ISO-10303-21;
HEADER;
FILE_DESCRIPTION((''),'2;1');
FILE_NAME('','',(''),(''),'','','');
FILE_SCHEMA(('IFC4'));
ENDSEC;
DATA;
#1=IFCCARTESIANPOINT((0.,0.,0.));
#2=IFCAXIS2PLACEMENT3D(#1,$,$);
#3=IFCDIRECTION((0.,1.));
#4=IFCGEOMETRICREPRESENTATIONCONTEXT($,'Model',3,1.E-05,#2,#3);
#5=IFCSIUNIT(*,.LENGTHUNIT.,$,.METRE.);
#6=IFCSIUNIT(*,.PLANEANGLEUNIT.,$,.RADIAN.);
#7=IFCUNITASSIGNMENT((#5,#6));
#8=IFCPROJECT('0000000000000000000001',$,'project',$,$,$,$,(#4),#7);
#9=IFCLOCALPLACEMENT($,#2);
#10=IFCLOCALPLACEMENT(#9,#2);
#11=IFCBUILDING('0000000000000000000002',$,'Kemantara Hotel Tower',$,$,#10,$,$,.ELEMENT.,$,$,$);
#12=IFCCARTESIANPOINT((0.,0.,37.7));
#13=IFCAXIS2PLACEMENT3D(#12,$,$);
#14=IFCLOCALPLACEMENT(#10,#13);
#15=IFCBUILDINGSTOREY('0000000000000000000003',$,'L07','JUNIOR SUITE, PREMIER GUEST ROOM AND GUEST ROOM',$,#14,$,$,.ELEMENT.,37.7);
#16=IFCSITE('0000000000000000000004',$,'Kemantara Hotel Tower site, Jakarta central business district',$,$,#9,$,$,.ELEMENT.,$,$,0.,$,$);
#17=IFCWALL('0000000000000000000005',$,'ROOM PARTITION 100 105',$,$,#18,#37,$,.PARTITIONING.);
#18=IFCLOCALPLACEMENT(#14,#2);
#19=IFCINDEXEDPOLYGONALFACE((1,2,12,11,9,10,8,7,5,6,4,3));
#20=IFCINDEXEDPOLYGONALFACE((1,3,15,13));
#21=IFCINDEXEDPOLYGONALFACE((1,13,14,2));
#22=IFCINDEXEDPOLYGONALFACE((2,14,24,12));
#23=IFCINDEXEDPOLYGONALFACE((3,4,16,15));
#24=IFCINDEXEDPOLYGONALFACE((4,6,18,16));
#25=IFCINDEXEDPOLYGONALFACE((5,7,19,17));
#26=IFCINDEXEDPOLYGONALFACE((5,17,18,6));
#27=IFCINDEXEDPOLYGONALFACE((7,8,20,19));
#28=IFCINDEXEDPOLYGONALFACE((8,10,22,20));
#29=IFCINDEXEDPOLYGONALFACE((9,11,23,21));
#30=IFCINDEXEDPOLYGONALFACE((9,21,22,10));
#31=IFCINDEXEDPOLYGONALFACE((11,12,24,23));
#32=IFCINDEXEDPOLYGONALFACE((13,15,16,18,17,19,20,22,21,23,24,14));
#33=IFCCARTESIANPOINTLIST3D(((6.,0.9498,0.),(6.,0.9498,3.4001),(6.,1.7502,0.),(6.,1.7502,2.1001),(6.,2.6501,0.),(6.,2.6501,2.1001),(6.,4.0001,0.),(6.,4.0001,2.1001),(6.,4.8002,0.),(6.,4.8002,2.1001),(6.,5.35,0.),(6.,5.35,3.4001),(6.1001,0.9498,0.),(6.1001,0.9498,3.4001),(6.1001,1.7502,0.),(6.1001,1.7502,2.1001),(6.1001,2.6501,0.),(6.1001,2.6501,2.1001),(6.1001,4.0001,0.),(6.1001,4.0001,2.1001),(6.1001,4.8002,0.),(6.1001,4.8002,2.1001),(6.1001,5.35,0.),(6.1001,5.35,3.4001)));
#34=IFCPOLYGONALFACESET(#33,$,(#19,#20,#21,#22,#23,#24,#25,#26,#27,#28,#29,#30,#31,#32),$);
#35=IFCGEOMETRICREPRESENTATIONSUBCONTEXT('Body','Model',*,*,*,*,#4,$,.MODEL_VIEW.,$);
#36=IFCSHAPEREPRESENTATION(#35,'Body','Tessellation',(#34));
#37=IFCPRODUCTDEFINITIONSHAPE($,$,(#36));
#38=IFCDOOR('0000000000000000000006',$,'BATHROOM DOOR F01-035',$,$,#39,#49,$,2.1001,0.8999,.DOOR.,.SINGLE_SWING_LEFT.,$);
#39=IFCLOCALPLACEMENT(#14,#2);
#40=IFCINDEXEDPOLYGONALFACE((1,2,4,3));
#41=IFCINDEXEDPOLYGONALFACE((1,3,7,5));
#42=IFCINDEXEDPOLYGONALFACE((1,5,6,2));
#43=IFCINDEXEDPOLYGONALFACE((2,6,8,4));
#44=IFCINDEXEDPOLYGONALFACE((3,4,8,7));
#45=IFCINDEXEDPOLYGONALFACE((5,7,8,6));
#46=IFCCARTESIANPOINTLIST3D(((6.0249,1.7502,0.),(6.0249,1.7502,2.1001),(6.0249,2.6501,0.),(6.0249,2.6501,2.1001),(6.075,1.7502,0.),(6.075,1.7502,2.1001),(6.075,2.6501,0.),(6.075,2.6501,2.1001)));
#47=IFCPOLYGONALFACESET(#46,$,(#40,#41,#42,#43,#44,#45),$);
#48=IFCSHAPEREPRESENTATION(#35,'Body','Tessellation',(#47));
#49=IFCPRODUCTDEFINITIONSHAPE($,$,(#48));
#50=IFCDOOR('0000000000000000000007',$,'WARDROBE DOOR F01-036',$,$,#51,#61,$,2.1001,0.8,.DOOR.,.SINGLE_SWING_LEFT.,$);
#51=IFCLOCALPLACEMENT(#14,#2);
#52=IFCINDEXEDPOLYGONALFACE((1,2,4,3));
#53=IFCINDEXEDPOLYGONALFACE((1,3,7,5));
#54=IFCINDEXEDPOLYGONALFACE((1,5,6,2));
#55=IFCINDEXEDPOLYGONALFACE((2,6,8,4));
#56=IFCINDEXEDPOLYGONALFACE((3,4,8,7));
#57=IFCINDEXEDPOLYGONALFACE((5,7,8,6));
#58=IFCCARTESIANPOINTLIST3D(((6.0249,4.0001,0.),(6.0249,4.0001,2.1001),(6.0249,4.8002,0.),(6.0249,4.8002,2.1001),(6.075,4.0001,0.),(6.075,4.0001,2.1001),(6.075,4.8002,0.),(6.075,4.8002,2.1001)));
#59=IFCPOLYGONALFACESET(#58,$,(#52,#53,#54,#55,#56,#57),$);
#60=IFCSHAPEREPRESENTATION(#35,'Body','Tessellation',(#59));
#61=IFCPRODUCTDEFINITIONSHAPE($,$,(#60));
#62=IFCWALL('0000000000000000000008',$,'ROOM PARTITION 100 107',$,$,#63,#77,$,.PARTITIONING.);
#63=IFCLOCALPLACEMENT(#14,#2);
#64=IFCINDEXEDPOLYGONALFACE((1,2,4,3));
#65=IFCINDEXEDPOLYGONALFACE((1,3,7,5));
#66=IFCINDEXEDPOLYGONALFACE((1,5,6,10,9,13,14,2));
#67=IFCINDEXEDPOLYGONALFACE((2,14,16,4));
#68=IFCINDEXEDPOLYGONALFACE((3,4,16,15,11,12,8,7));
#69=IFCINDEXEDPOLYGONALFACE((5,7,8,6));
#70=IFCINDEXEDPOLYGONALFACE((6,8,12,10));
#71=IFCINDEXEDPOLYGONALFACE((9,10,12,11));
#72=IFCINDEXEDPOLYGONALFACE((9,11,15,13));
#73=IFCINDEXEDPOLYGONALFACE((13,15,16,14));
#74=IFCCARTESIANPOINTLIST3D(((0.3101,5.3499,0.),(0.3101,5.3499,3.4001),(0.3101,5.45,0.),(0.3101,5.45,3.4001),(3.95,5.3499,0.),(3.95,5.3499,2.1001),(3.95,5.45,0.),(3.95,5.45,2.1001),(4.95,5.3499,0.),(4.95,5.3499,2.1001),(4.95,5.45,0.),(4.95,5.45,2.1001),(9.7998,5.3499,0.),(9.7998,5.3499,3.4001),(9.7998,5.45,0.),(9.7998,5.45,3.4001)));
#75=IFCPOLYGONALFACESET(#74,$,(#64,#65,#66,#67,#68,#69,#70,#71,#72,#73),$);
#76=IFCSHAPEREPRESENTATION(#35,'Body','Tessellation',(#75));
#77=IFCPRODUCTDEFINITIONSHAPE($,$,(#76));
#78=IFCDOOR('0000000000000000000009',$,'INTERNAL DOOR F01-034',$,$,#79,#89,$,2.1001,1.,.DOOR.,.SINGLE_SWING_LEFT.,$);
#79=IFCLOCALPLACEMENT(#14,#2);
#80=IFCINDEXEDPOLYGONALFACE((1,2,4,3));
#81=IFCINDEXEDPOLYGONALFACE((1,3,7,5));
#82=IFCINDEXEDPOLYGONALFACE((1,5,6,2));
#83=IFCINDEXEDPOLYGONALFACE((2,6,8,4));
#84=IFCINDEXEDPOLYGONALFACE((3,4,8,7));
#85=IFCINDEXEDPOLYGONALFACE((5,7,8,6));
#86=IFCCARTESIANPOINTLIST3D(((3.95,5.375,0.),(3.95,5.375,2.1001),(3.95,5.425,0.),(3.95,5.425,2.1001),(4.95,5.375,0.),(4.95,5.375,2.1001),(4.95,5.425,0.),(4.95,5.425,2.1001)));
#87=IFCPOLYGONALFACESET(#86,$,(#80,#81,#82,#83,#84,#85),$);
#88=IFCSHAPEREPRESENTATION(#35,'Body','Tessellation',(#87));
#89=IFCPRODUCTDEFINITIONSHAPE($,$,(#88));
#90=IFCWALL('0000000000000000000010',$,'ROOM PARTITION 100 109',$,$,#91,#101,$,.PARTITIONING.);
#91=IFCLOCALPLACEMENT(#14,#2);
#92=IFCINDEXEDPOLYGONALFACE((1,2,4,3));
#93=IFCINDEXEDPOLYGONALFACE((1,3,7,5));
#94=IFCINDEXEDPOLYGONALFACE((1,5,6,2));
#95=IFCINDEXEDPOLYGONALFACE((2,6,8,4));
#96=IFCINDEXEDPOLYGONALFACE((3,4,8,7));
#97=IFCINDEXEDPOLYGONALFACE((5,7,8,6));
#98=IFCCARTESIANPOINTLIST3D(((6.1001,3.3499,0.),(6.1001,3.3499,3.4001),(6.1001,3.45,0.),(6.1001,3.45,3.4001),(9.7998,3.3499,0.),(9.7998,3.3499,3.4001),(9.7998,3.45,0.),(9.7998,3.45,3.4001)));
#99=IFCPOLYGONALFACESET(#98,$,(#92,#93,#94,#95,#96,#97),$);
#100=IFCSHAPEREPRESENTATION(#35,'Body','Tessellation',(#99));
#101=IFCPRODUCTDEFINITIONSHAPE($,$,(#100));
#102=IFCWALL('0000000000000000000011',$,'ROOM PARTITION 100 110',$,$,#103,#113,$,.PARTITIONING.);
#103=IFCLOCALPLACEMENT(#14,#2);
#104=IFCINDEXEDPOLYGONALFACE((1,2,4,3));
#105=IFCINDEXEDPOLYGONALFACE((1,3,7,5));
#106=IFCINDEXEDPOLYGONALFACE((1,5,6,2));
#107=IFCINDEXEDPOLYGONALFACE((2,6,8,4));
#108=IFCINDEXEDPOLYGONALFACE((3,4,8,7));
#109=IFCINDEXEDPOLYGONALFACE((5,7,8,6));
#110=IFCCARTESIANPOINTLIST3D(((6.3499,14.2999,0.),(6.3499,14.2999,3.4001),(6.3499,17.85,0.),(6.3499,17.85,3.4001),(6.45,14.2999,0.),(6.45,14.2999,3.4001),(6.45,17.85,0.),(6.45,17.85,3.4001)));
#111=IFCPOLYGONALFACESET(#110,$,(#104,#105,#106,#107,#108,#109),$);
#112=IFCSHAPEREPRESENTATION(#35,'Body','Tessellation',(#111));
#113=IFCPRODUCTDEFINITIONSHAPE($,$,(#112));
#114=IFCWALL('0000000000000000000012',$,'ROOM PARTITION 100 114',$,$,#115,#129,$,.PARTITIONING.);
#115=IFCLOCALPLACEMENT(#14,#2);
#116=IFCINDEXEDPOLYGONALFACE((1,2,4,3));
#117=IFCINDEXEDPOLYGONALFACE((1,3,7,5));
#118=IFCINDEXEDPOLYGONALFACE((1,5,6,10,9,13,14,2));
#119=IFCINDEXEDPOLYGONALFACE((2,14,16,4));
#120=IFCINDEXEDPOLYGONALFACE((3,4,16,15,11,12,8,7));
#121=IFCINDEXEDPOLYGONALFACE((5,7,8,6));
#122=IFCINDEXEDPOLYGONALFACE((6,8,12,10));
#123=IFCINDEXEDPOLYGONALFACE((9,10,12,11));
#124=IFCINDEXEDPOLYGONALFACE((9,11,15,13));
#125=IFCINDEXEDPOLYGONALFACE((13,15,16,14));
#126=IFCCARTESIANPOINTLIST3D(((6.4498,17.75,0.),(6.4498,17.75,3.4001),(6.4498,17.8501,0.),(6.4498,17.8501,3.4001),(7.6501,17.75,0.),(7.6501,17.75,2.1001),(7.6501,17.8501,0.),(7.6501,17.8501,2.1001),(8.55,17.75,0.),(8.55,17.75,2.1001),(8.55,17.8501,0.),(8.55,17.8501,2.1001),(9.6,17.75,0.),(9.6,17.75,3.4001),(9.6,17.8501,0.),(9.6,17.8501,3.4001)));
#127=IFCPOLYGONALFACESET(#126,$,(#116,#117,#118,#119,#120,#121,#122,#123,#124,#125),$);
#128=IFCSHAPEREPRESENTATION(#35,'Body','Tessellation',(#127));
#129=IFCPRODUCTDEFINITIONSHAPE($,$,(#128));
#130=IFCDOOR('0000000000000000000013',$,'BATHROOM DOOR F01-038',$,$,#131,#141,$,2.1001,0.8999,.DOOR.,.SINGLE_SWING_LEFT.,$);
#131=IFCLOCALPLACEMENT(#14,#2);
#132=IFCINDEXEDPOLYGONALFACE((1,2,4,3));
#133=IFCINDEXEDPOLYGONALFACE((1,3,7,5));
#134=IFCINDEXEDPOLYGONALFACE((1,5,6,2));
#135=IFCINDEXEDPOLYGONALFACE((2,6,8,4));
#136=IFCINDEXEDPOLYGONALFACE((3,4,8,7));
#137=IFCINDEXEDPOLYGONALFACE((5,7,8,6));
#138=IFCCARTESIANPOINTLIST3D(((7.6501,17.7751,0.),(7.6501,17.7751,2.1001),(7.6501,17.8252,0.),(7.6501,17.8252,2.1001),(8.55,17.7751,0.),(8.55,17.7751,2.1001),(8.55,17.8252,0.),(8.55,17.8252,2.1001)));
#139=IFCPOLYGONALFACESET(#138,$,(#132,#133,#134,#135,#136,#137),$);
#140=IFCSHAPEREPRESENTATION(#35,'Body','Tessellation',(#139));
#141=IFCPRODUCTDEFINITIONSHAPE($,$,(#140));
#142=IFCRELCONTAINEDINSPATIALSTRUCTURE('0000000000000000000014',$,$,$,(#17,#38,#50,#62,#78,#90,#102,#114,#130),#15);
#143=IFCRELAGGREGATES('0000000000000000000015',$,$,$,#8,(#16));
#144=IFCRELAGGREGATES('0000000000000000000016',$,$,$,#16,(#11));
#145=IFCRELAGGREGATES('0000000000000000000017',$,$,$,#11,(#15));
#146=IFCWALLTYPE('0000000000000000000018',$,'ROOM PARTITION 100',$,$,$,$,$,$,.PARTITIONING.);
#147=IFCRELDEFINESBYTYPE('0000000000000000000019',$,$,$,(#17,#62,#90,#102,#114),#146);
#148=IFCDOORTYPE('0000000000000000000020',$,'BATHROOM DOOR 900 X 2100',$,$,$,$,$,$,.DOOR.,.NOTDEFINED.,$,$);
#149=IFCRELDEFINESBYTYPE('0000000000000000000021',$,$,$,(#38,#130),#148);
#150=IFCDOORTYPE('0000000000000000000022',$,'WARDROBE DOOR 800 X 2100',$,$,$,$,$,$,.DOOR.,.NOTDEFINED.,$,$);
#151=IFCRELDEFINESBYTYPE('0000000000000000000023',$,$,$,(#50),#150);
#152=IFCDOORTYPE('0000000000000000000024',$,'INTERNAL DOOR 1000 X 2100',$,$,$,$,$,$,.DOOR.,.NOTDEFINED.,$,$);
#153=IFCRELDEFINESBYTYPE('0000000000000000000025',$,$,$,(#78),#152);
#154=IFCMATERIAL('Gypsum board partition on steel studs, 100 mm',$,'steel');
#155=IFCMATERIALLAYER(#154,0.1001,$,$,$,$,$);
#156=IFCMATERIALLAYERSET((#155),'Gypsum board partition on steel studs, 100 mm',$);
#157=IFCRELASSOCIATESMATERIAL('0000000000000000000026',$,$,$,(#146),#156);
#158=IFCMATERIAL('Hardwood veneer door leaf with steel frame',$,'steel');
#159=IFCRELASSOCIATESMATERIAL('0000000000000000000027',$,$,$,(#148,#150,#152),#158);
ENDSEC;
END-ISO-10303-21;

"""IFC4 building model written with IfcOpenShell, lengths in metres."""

from ifc_helpers import new_model, si_unit, direction, frame, frame_2d, origin, place, context, subcontext, project, spatial, rectangle, extrude, material, layer, layer_set, type_object, element, fill, save


model = new_model("IFC4")

# Units and contexts
model_context = context("Model", 3, precision=1e-05, world=origin(), true_north=direction((0.0, 1.0)))
body_context = subcontext(model_context, "Body", "Model", "MODEL_VIEW")
ifc_project = project(units=[si_unit("LENGTHUNIT", "METRE"), si_unit("PLANEANGLEUNIT", "RADIAN")], contexts=[model_context])

# Site, building, storey
site_placement = place(None, origin())
site = spatial("IfcSite", under=ifc_project, at=site_placement, Name="Kemantara Hotel Tower site, Jakarta central business district", CompositionType="ELEMENT", RefElevation=0.0)
building_placement = place(site_placement, origin())
building = spatial("IfcBuilding", under=site, at=building_placement, Name="Kemantara Hotel Tower", CompositionType="ELEMENT")
storey_placement = place(building_placement, frame((0.0, 0.0, 37.7)))
storey = spatial("IfcBuildingStorey", under=building, at=storey_placement, Name="L07", Description="JUNIOR SUITE, PREMIER GUEST ROOM AND GUEST ROOM", CompositionType="ELEMENT", Elevation=37.7)

# Shared definitions
ifc_material_1 = material(Name="Hardwood veneer door leaf with steel frame", Category="steel")

# Wall, openings, doors
ifc_material_2 = material(Name="Gypsum board partition on steel studs, 100 mm", Category="steel")
ifc_layer_1 = layer(ifc_material_2, 0.1001)
ifc_layer_set_1 = layer_set([ifc_layer_1], Name="Gypsum board partition on steel studs, 100 mm")
wall_type_1 = type_object("IfcWallType", Name="ROOM PARTITION 100", PredefinedType="PARTITIONING", material=ifc_layer_set_1)
wall_1_placement = place(storey_placement, frame((6.05, 5.3501, 0.0), z_axis=(0.0, 0.0, 1.0), x_axis=(0.0, -1.0, 0.0)))
wall_1 = element("IfcWall", 1, at=wall_1_placement, inside=storey, type_object=wall_type_1, Name="ROOM PARTITION 100 105", PredefinedType="PARTITIONING", context=body_context, shape_type="SweptSolid", body=[
    extrude(rectangle(XDim=4.4001, YDim=0.1001, at=frame_2d((2.2002, 0.0))), origin(), (0.0, 0.0, 1.0), 3.4001),
])
opening_1_placement = place(wall_1_placement, frame((2.7, 0.0, 0.0)))
opening_1 = element("IfcOpeningElement", 2, at=opening_1_placement, cuts=wall_1, PredefinedType="OPENING", context=body_context, shape_type="SweptSolid", body=[
    extrude(rectangle(XDim=0.8999, YDim=2.1001, at=frame_2d((0.45, 1.05))), frame((0.0, 0.0601, 0.0), z_axis=(0.0, -1.0, 0.0), x_axis=(1.0, 0.0, 0.0)), (0.0, 0.0, 1.0), 0.1201),
])
opening_2_placement = place(wall_1_placement, frame((0.55, 0.0, 0.0)))
opening_2 = element("IfcOpeningElement", 3, at=opening_2_placement, cuts=wall_1, PredefinedType="OPENING", context=body_context, shape_type="SweptSolid", body=[
    extrude(rectangle(XDim=0.8, YDim=2.1001, at=frame_2d((0.3999, 1.05))), frame((0.0, 0.0601, 0.0), z_axis=(0.0, -1.0, 0.0), x_axis=(1.0, 0.0, 0.0)), (0.0, 0.0, 1.0), 0.1201),
])
door_type_1 = type_object("IfcDoorType", Name="BATHROOM DOOR 900 X 2100", OperationType="NOTDEFINED", PredefinedType="DOOR", material=ifc_material_1)
door_1_placement = place(opening_1_placement, origin())
door_1 = element("IfcDoor", 4, at=door_1_placement, inside=storey, type_object=door_type_1, Name="BATHROOM DOOR F01-035", OperationType="SINGLE_SWING_LEFT", OverallHeight=2.1001, OverallWidth=0.8999, PredefinedType="DOOR", context=body_context, shape_type="SweptSolid", body=[
    extrude(rectangle(XDim=0.8999, YDim=2.1001, at=frame_2d((0.45, 1.05))), frame((0.0, 0.0249, 0.0), z_axis=(0.0, -1.0, 0.0), x_axis=(1.0, 0.0, 0.0)), (0.0, 0.0, 1.0), 0.05),
])
fill(opening_1, door_1)
door_type_2 = type_object("IfcDoorType", Name="WARDROBE DOOR 800 X 2100", OperationType="NOTDEFINED", PredefinedType="DOOR", material=ifc_material_1)
door_2_placement = place(opening_2_placement, origin())
door_2 = element("IfcDoor", 5, at=door_2_placement, inside=storey, type_object=door_type_2, Name="WARDROBE DOOR F01-036", OperationType="SINGLE_SWING_LEFT", OverallHeight=2.1001, OverallWidth=0.8, PredefinedType="DOOR", context=body_context, shape_type="SweptSolid", body=[
    extrude(rectangle(XDim=0.8, YDim=2.1001, at=frame_2d((0.3999, 1.05))), frame((0.0, 0.0249, 0.0), z_axis=(0.0, -1.0, 0.0), x_axis=(1.0, 0.0, 0.0)), (0.0, 0.0, 1.0), 0.05),
])
fill(opening_2, door_2)

# Wall, opening, door
wall_2_placement = place(storey_placement, frame((9.7998, 5.3999, 0.0), z_axis=(0.0, 0.0, 1.0), x_axis=(-1.0, 0.0, 0.0)))
wall_2 = element("IfcWall", 6, at=wall_2_placement, inside=storey, type_object=wall_type_1, Name="ROOM PARTITION 100 107", PredefinedType="PARTITIONING", context=body_context, shape_type="SweptSolid", body=[
    extrude(rectangle(XDim=9.4897, YDim=0.1001, at=frame_2d((4.7449, 0.0))), origin(), (0.0, 0.0, 1.0), 3.4001),
])
opening_3_placement = place(wall_2_placement, frame((4.8499, 0.0, 0.0)))
opening_3 = element("IfcOpeningElement", 7, at=opening_3_placement, cuts=wall_2, PredefinedType="OPENING", context=body_context, shape_type="SweptSolid", body=[
    extrude(rectangle(XDim=1.0, YDim=2.1001, at=frame_2d((0.5, 1.05))), frame((0.0, 0.0601, 0.0), z_axis=(0.0, -1.0, 0.0), x_axis=(1.0, 0.0, 0.0)), (0.0, 0.0, 1.0), 0.1201),
])
door_type_3 = type_object("IfcDoorType", Name="INTERNAL DOOR 1000 X 2100", OperationType="NOTDEFINED", PredefinedType="DOOR", material=ifc_material_1)
door_3_placement = place(opening_3_placement, origin())
door_3 = element("IfcDoor", 8, at=door_3_placement, inside=storey, type_object=door_type_3, Name="INTERNAL DOOR F01-034", OperationType="SINGLE_SWING_LEFT", OverallHeight=2.1001, OverallWidth=1.0, PredefinedType="DOOR", context=body_context, shape_type="SweptSolid", body=[
    extrude(rectangle(XDim=1.0, YDim=2.1001, at=frame_2d((0.5, 1.05))), frame((0.0, 0.0249, 0.0), z_axis=(0.0, -1.0, 0.0), x_axis=(1.0, 0.0, 0.0)), (0.0, 0.0, 1.0), 0.05),
])
fill(opening_3, door_3)

# Walls
wall_3_placement = place(storey_placement, frame((6.1001, 3.3999, 0.0), z_axis=(0.0, 0.0, 1.0), x_axis=(1.0, 0.0, 0.0)))
element("IfcWall", 9, at=wall_3_placement, inside=storey, type_object=wall_type_1, Name="ROOM PARTITION 100 109", PredefinedType="PARTITIONING", context=body_context, shape_type="SweptSolid", body=[
    extrude(rectangle(XDim=3.6997, YDim=0.1001, at=frame_2d((1.8499, 0.0))), origin(), (0.0, 0.0, 1.0), 3.4001),
])
wall_4_placement = place(storey_placement, frame((6.3999, 14.3, 0.0), z_axis=(0.0, 0.0, 1.0), x_axis=(0.0, 1.0, 0.0)))
element("IfcWall", 10, at=wall_4_placement, inside=storey, type_object=wall_type_1, Name="ROOM PARTITION 100 110", PredefinedType="PARTITIONING", context=body_context, shape_type="SweptSolid", body=[
    extrude(rectangle(XDim=3.55, YDim=0.1001, at=frame_2d((1.7749, 0.0))), origin(), (0.0, 0.0, 1.0), 3.4001),
])

# Wall, opening, door
wall_5_placement = place(storey_placement, frame((9.6001, 17.8, 0.0), z_axis=(0.0, 0.0, 1.0), x_axis=(-1.0, 0.0, 0.0)))
wall_5 = element("IfcWall", 11, at=wall_5_placement, inside=storey, type_object=wall_type_1, Name="ROOM PARTITION 100 114", PredefinedType="PARTITIONING", context=body_context, shape_type="SweptSolid", body=[
    extrude(rectangle(XDim=3.1501, YDim=0.1001, at=frame_2d((1.5752, 0.0))), origin(), (0.0, 0.0, 1.0), 3.4001),
])
opening_4_placement = place(wall_5_placement, frame((1.05, 0.0, 0.0)))
opening_4 = element("IfcOpeningElement", 12, at=opening_4_placement, cuts=wall_5, PredefinedType="OPENING", context=body_context, shape_type="SweptSolid", body=[
    extrude(rectangle(XDim=0.8999, YDim=2.1001, at=frame_2d((0.45, 1.05))), frame((0.0, 0.0601, 0.0), z_axis=(0.0, -1.0, 0.0), x_axis=(1.0, 0.0, 0.0)), (0.0, 0.0, 1.0), 0.1201),
])
door_4_placement = place(opening_4_placement, origin())
door_4 = element("IfcDoor", 13, at=door_4_placement, inside=storey, type_object=door_type_1, Name="BATHROOM DOOR F01-038", OperationType="SINGLE_SWING_LEFT", OverallHeight=2.1001, OverallWidth=0.8999, PredefinedType="DOOR", context=body_context, shape_type="SweptSolid", body=[
    extrude(rectangle(XDim=0.8999, YDim=2.1001, at=frame_2d((0.45, 1.05))), frame((0.0, 0.0249, 0.0), z_axis=(0.0, -1.0, 0.0), x_axis=(1.0, 0.0, 0.0)), (0.0, 0.0, 1.0), 0.05),
])
fill(opening_4, door_4)

save(model, "model.ifc")
